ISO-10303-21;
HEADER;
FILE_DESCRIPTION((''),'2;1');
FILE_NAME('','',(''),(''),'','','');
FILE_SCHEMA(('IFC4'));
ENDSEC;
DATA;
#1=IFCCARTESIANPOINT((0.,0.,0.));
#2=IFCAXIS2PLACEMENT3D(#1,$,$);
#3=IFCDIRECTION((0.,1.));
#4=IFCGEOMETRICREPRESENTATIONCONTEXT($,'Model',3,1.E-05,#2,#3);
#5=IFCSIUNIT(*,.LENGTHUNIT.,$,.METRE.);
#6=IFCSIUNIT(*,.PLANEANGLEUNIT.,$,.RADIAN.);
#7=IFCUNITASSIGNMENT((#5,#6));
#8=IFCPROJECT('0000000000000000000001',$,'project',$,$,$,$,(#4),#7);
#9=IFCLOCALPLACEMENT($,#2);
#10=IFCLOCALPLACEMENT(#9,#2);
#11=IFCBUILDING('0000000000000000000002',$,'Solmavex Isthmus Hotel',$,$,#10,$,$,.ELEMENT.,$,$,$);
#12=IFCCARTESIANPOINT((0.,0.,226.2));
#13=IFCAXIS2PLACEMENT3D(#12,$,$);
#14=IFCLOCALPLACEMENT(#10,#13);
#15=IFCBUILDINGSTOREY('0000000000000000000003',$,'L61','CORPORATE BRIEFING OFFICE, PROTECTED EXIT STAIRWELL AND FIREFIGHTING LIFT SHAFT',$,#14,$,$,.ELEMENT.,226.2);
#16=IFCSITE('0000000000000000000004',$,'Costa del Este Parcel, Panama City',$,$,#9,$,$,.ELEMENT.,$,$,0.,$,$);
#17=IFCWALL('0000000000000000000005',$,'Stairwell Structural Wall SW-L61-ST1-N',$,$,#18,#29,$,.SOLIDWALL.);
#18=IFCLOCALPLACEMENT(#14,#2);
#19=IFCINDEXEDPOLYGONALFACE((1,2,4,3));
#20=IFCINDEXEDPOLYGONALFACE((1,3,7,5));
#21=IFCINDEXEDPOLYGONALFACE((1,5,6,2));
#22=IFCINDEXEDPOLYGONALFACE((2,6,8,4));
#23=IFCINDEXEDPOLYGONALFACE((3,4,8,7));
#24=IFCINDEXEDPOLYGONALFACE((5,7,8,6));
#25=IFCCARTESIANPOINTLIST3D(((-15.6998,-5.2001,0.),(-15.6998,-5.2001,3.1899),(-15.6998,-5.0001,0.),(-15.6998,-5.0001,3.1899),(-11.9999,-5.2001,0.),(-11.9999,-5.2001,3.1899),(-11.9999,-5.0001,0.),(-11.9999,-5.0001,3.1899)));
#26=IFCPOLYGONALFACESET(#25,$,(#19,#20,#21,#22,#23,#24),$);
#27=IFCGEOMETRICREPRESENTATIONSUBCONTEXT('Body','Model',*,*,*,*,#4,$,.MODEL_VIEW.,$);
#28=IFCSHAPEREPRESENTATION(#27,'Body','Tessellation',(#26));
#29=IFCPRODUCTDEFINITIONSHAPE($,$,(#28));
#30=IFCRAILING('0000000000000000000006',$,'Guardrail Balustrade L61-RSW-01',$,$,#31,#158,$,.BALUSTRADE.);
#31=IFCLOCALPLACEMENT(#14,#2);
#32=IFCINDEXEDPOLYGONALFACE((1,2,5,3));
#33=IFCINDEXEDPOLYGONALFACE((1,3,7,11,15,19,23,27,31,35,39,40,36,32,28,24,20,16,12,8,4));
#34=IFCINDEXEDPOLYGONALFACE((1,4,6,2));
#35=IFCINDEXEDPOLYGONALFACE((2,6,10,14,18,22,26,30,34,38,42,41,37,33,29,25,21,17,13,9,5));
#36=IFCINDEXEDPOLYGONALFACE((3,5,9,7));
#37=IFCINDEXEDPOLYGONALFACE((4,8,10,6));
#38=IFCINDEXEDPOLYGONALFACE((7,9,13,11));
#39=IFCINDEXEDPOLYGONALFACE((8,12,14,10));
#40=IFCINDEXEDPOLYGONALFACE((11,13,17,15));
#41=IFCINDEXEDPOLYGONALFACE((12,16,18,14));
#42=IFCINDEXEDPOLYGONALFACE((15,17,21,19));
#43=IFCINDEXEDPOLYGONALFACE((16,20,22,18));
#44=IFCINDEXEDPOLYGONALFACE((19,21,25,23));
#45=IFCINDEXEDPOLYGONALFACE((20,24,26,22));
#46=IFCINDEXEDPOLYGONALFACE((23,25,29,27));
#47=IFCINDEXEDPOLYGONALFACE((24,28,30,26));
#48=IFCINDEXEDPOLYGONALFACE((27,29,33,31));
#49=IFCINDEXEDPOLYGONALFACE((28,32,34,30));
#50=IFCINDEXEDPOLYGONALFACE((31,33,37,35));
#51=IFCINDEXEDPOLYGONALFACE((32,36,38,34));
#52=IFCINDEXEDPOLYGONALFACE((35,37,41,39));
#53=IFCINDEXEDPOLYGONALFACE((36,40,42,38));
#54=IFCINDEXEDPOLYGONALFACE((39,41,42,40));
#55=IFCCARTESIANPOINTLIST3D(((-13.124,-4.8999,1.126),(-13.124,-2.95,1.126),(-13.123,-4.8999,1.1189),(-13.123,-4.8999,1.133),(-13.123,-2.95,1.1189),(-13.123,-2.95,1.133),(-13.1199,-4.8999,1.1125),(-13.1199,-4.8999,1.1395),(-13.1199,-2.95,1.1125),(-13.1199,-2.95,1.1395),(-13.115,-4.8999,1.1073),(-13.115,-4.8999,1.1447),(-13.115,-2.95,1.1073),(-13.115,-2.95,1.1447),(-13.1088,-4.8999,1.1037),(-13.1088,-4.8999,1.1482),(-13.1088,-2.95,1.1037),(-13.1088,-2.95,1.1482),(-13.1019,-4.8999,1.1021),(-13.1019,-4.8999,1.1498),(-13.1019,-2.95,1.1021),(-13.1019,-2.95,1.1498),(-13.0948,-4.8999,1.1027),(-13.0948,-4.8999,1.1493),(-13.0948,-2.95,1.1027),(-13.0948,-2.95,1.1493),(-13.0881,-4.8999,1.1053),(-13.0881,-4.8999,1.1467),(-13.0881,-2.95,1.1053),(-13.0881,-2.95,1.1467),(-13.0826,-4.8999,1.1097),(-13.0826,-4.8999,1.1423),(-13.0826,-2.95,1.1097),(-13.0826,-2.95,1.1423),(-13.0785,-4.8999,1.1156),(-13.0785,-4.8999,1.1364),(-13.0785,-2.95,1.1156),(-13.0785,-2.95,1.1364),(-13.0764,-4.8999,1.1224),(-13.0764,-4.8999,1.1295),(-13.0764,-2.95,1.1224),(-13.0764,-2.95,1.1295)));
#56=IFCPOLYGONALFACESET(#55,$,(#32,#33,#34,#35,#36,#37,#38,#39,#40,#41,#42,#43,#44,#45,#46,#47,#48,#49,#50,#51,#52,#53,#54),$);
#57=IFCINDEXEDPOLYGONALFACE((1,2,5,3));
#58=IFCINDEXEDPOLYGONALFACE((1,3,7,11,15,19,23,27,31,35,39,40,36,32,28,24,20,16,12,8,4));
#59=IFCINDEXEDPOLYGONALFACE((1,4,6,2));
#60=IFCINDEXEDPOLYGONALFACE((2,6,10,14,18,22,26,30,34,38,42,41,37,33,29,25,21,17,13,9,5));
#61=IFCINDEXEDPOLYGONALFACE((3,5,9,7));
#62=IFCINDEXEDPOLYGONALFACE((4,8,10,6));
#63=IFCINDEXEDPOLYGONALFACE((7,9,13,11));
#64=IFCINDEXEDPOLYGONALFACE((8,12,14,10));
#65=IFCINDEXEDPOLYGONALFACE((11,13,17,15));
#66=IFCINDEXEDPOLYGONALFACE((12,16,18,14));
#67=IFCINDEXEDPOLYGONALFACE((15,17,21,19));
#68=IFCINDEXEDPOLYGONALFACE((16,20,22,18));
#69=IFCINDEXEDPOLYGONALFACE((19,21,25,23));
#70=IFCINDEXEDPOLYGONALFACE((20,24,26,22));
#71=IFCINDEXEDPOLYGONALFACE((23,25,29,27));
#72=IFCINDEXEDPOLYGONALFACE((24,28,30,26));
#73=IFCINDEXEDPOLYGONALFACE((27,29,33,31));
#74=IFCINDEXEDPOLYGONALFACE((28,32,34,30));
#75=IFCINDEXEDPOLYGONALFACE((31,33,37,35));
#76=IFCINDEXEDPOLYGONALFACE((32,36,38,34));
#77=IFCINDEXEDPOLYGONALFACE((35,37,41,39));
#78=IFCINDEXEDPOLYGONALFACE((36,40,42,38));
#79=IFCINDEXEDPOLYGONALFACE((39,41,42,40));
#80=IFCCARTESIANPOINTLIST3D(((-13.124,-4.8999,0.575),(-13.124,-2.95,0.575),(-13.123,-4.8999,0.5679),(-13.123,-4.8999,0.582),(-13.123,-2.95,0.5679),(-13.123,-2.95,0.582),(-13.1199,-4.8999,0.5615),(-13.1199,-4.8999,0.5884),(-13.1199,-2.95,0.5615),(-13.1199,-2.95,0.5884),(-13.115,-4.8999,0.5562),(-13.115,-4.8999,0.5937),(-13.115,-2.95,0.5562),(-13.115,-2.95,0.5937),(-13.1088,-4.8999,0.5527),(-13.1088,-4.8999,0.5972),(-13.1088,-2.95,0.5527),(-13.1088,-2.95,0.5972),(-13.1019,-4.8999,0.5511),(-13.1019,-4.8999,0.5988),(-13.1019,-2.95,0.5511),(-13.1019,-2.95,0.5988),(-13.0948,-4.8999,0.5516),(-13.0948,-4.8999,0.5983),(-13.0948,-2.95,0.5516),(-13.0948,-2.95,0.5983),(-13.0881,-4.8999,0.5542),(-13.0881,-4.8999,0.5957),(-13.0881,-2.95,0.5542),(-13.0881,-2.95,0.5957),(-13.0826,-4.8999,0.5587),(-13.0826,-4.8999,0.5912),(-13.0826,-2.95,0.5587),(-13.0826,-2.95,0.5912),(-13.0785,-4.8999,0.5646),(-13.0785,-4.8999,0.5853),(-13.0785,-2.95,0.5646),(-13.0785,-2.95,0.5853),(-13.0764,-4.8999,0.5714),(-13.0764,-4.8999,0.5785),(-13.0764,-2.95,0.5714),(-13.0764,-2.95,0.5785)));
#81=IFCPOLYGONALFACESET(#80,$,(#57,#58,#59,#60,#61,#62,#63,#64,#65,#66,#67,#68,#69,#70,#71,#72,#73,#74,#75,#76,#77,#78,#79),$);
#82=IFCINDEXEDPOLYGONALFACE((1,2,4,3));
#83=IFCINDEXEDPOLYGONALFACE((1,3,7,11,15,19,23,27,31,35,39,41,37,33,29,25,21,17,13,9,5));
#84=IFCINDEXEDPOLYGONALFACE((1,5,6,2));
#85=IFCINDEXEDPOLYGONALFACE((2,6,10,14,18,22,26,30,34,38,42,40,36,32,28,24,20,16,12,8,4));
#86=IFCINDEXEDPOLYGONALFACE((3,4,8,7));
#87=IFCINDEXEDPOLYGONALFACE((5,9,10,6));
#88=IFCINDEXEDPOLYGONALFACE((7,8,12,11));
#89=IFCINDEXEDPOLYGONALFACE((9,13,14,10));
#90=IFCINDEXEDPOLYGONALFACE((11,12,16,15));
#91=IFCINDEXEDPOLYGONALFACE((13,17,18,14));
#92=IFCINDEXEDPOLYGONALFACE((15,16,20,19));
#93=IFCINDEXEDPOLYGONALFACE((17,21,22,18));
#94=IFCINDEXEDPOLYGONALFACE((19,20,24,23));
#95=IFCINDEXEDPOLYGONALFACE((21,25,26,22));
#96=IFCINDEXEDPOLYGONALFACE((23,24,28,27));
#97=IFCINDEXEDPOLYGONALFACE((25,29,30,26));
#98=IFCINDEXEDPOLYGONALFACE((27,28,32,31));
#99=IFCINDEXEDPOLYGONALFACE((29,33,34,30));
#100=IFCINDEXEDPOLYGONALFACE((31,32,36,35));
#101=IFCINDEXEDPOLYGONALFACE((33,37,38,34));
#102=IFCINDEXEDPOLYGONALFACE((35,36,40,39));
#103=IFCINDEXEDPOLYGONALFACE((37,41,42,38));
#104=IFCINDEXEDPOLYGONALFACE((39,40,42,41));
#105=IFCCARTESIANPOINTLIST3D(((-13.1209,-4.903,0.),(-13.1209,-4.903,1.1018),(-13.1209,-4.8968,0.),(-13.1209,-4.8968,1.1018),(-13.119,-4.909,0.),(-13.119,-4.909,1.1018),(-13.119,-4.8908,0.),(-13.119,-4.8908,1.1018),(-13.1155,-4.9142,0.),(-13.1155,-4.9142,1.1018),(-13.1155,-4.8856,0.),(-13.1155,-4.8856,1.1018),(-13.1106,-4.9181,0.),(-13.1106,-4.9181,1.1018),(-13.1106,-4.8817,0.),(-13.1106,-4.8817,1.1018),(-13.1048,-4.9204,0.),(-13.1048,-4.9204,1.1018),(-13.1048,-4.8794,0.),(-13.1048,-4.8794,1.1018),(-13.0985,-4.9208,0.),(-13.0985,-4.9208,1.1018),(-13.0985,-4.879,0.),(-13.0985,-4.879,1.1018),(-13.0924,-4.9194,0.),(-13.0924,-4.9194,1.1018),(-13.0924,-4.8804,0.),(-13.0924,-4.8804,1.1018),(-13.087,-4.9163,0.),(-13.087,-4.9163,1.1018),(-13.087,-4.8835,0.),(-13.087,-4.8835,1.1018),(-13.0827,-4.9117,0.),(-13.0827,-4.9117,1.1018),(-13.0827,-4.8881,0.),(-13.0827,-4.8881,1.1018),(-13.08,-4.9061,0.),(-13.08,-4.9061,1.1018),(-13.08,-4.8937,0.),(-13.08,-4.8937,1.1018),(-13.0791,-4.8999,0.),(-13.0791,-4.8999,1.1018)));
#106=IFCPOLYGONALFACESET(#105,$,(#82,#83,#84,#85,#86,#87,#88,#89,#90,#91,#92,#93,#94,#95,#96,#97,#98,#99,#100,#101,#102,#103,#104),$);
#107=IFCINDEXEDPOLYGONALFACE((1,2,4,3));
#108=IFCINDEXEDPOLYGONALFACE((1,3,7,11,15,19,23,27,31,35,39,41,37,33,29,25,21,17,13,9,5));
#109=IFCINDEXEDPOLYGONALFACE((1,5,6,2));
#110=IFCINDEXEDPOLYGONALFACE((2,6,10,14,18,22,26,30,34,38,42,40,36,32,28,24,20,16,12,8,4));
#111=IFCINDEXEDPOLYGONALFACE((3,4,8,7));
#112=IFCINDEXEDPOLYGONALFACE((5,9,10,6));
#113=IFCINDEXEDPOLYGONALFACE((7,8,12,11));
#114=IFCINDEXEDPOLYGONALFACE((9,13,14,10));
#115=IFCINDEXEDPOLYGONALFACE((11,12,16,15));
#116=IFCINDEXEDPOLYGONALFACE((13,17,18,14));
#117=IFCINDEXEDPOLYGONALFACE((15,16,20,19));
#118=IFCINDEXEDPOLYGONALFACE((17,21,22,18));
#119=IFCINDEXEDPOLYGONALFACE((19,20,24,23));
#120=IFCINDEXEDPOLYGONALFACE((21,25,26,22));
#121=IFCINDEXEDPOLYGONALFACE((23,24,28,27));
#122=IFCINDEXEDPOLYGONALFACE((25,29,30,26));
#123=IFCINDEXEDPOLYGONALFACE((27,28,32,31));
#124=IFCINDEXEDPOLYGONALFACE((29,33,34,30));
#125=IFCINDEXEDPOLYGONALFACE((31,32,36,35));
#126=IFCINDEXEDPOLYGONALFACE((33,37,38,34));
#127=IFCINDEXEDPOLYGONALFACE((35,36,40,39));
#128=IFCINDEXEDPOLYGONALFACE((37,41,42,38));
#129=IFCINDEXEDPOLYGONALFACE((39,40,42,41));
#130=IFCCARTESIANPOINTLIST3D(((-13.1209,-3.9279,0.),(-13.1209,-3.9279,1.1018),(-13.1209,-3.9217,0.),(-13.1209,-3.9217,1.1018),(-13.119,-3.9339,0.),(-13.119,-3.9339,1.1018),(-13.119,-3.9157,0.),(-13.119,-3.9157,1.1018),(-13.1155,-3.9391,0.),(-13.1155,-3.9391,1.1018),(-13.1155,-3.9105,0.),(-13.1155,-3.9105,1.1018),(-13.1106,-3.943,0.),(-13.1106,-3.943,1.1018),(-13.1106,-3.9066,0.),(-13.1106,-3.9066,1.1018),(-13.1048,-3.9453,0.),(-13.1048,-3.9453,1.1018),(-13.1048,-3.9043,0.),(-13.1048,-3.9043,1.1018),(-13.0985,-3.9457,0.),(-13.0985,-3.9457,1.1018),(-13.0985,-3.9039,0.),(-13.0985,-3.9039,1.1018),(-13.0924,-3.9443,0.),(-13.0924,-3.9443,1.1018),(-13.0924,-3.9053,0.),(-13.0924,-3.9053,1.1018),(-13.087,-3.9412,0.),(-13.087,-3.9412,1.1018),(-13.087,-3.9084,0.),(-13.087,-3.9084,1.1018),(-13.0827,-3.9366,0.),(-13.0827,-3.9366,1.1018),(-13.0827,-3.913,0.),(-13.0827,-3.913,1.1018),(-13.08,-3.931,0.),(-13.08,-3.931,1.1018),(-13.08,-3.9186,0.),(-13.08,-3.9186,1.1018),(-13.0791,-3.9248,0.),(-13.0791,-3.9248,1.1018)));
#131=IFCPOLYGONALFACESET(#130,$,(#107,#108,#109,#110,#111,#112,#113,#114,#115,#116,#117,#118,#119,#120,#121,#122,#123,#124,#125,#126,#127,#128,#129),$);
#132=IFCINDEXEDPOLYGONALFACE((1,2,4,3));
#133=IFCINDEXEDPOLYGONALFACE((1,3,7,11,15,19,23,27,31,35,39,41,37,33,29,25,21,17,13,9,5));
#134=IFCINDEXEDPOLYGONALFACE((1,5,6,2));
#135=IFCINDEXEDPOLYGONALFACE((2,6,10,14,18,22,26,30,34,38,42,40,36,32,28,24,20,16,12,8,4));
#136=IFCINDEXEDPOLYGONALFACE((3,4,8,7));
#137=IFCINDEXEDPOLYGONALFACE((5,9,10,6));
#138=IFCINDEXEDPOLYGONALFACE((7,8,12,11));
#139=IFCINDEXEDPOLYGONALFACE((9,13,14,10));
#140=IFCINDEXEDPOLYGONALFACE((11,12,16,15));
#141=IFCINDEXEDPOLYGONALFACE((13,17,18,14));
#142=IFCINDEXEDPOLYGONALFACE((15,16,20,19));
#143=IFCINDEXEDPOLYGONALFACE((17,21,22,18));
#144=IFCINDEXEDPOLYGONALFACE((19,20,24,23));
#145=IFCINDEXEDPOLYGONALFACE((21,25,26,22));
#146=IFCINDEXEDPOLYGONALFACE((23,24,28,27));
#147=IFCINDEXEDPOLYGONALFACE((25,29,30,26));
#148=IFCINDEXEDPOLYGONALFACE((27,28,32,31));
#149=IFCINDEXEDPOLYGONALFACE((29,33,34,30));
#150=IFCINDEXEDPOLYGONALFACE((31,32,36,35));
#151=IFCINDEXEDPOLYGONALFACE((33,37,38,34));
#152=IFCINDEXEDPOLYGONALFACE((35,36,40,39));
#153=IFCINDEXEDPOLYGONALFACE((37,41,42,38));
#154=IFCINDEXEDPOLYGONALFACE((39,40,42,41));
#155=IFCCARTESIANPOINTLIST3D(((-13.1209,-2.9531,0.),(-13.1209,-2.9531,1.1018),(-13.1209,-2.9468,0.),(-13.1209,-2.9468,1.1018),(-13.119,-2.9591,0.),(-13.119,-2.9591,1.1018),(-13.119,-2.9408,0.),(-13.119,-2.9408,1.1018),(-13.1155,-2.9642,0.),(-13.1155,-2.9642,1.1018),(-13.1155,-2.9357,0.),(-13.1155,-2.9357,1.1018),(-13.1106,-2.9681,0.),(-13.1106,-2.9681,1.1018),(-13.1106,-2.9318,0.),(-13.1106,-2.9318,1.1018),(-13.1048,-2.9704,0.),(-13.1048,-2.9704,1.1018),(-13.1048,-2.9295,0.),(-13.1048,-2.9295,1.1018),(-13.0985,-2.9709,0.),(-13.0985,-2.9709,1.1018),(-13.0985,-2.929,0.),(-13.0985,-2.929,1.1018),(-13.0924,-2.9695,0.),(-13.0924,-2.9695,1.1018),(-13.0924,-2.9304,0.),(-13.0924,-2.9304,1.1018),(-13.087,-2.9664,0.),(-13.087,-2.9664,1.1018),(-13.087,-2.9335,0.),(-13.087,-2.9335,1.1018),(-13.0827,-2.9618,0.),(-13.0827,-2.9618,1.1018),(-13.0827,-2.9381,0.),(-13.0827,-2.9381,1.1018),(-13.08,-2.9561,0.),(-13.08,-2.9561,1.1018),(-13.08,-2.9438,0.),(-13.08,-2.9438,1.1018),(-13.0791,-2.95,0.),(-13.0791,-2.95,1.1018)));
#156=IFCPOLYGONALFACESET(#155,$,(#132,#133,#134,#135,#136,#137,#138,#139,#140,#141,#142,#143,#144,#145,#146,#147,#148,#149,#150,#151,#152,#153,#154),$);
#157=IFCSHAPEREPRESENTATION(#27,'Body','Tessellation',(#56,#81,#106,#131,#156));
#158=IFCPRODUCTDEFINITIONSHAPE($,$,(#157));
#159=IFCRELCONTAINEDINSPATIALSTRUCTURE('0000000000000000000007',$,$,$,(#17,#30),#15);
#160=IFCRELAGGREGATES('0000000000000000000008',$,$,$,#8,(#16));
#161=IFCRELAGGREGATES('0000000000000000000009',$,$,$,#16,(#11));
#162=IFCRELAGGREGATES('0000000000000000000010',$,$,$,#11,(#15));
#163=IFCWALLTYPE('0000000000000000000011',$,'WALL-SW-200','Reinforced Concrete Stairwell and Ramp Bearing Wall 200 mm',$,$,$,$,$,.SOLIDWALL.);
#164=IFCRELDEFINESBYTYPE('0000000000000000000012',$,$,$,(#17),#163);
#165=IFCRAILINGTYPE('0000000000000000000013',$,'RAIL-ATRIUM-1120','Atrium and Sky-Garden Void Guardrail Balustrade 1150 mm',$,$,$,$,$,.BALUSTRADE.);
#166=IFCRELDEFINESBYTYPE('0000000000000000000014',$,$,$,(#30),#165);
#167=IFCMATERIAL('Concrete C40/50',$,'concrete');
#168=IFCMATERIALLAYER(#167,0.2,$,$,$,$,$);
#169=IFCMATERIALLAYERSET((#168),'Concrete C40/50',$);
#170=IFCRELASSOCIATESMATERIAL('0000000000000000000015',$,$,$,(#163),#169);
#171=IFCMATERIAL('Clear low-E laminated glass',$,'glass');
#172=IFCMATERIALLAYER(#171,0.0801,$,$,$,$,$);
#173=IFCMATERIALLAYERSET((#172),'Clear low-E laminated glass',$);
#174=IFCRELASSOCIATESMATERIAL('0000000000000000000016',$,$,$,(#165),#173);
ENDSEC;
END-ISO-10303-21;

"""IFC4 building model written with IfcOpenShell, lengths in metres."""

from ifc_helpers import new_model, si_unit, direction, frame, frame_2d, origin, origin_2d, place, context, subcontext, project, spatial, rectangle, circle, extrude, material, layer, layer_set, type_object, element, save


model = new_model("IFC4")

# Units and contexts
model_context = context("Model", 3, precision=1e-05, world=origin(), true_north=direction((0.0, 1.0)))
body_context = subcontext(model_context, "Body", "Model", "MODEL_VIEW")
ifc_project = project(units=[si_unit("LENGTHUNIT", "METRE"), si_unit("PLANEANGLEUNIT", "RADIAN")], contexts=[model_context])

# Site, building, storey
site_placement = place(None, origin())
site = spatial("IfcSite", under=ifc_project, at=site_placement, Name="Costa del Este Parcel, Panama City", CompositionType="ELEMENT", RefElevation=0.0)
building_placement = place(site_placement, origin())
building = spatial("IfcBuilding", under=site, at=building_placement, Name="Solmavex Isthmus Hotel", CompositionType="ELEMENT")
storey_placement = place(building_placement, frame((0.0, 0.0, 226.2)))
storey = spatial("IfcBuildingStorey", under=building, at=storey_placement, Name="L61", Description="CORPORATE BRIEFING OFFICE, PROTECTED EXIT STAIRWELL AND FIREFIGHTING LIFT SHAFT", CompositionType="ELEMENT", Elevation=226.2)

# Shared definitions
ifc_material_1 = material(Name="Concrete C40/50", Category="concrete")

# Wall
ifc_layer_1 = layer(ifc_material_1, 0.2)
ifc_layer_set_1 = layer_set([ifc_layer_1], Name="Concrete C40/50")
wall_type_1 = type_object("IfcWallType", Name="WALL-SW-200", Description="Reinforced Concrete Stairwell and Ramp Bearing Wall 200 mm", PredefinedType="SOLIDWALL", material=ifc_layer_set_1)
wall_1_placement = place(storey_placement, frame((-15.7, -5.1001, 0.0), z_axis=(0.0, 0.0, 1.0), x_axis=(1.0, 0.0, 0.0)))
element("IfcWall", 1, at=wall_1_placement, inside=storey, type_object=wall_type_1, Name="Stairwell Structural Wall SW-L61-ST1-N", PredefinedType="SOLIDWALL", context=body_context, shape_type="SweptSolid", body=[
    extrude(rectangle(XDim=3.7, YDim=0.2, at=frame_2d((1.8501, 0.0))), origin(), (0.0, 0.0, 1.0), 3.1899),
])

# Railing
ifc_material_2 = material(Name="Clear low-E laminated glass", Category="glass")
ifc_layer_2 = layer(ifc_material_2, 0.0801)
ifc_layer_set_2 = layer_set([ifc_layer_2], Name="Clear low-E laminated glass")
railing_type = type_object("IfcRailingType", Name="RAIL-ATRIUM-1120", Description="Atrium and Sky-Garden Void Guardrail Balustrade 1150 mm", PredefinedType="BALUSTRADE", material=ifc_layer_set_2)
railing_placement = place(storey_placement, frame((-13.1001, -4.8999, 0.0)))
element("IfcRailing", 2, at=railing_placement, inside=storey, type_object=railing_type, Name="Guardrail Balustrade L61-RSW-01", PredefinedType="BALUSTRADE", context=body_context, shape_type="SweptSolid", body=[
    extrude(circle(Radius=0.0239, at=origin_2d()), frame((0.0, 0.0, 1.126), z_axis=(0.0, 1.0, 0.0), x_axis=(-1.0, 0.0, 0.0)), (0.0, 0.0, 1.0), 1.95),
    extrude(circle(Radius=0.0239, at=origin_2d()), frame((0.0, 0.0, 0.575), z_axis=(0.0, 1.0, 0.0), x_axis=(-1.0, 0.0, 0.0)), (0.0, 0.0, 1.0), 1.95),
    extrude(circle(Radius=0.021, at=origin_2d()), origin(), (0.0, 0.0, 1.0), 1.1018),
    extrude(circle(Radius=0.021, at=origin_2d()), frame((0.0, 0.9751, 0.0)), (0.0, 0.0, 1.0), 1.1018),
    extrude(circle(Radius=0.021, at=origin_2d()), frame((0.0, 1.95, 0.0)), (0.0, 0.0, 1.0), 1.1018),
])

save(model, "model.ifc")
